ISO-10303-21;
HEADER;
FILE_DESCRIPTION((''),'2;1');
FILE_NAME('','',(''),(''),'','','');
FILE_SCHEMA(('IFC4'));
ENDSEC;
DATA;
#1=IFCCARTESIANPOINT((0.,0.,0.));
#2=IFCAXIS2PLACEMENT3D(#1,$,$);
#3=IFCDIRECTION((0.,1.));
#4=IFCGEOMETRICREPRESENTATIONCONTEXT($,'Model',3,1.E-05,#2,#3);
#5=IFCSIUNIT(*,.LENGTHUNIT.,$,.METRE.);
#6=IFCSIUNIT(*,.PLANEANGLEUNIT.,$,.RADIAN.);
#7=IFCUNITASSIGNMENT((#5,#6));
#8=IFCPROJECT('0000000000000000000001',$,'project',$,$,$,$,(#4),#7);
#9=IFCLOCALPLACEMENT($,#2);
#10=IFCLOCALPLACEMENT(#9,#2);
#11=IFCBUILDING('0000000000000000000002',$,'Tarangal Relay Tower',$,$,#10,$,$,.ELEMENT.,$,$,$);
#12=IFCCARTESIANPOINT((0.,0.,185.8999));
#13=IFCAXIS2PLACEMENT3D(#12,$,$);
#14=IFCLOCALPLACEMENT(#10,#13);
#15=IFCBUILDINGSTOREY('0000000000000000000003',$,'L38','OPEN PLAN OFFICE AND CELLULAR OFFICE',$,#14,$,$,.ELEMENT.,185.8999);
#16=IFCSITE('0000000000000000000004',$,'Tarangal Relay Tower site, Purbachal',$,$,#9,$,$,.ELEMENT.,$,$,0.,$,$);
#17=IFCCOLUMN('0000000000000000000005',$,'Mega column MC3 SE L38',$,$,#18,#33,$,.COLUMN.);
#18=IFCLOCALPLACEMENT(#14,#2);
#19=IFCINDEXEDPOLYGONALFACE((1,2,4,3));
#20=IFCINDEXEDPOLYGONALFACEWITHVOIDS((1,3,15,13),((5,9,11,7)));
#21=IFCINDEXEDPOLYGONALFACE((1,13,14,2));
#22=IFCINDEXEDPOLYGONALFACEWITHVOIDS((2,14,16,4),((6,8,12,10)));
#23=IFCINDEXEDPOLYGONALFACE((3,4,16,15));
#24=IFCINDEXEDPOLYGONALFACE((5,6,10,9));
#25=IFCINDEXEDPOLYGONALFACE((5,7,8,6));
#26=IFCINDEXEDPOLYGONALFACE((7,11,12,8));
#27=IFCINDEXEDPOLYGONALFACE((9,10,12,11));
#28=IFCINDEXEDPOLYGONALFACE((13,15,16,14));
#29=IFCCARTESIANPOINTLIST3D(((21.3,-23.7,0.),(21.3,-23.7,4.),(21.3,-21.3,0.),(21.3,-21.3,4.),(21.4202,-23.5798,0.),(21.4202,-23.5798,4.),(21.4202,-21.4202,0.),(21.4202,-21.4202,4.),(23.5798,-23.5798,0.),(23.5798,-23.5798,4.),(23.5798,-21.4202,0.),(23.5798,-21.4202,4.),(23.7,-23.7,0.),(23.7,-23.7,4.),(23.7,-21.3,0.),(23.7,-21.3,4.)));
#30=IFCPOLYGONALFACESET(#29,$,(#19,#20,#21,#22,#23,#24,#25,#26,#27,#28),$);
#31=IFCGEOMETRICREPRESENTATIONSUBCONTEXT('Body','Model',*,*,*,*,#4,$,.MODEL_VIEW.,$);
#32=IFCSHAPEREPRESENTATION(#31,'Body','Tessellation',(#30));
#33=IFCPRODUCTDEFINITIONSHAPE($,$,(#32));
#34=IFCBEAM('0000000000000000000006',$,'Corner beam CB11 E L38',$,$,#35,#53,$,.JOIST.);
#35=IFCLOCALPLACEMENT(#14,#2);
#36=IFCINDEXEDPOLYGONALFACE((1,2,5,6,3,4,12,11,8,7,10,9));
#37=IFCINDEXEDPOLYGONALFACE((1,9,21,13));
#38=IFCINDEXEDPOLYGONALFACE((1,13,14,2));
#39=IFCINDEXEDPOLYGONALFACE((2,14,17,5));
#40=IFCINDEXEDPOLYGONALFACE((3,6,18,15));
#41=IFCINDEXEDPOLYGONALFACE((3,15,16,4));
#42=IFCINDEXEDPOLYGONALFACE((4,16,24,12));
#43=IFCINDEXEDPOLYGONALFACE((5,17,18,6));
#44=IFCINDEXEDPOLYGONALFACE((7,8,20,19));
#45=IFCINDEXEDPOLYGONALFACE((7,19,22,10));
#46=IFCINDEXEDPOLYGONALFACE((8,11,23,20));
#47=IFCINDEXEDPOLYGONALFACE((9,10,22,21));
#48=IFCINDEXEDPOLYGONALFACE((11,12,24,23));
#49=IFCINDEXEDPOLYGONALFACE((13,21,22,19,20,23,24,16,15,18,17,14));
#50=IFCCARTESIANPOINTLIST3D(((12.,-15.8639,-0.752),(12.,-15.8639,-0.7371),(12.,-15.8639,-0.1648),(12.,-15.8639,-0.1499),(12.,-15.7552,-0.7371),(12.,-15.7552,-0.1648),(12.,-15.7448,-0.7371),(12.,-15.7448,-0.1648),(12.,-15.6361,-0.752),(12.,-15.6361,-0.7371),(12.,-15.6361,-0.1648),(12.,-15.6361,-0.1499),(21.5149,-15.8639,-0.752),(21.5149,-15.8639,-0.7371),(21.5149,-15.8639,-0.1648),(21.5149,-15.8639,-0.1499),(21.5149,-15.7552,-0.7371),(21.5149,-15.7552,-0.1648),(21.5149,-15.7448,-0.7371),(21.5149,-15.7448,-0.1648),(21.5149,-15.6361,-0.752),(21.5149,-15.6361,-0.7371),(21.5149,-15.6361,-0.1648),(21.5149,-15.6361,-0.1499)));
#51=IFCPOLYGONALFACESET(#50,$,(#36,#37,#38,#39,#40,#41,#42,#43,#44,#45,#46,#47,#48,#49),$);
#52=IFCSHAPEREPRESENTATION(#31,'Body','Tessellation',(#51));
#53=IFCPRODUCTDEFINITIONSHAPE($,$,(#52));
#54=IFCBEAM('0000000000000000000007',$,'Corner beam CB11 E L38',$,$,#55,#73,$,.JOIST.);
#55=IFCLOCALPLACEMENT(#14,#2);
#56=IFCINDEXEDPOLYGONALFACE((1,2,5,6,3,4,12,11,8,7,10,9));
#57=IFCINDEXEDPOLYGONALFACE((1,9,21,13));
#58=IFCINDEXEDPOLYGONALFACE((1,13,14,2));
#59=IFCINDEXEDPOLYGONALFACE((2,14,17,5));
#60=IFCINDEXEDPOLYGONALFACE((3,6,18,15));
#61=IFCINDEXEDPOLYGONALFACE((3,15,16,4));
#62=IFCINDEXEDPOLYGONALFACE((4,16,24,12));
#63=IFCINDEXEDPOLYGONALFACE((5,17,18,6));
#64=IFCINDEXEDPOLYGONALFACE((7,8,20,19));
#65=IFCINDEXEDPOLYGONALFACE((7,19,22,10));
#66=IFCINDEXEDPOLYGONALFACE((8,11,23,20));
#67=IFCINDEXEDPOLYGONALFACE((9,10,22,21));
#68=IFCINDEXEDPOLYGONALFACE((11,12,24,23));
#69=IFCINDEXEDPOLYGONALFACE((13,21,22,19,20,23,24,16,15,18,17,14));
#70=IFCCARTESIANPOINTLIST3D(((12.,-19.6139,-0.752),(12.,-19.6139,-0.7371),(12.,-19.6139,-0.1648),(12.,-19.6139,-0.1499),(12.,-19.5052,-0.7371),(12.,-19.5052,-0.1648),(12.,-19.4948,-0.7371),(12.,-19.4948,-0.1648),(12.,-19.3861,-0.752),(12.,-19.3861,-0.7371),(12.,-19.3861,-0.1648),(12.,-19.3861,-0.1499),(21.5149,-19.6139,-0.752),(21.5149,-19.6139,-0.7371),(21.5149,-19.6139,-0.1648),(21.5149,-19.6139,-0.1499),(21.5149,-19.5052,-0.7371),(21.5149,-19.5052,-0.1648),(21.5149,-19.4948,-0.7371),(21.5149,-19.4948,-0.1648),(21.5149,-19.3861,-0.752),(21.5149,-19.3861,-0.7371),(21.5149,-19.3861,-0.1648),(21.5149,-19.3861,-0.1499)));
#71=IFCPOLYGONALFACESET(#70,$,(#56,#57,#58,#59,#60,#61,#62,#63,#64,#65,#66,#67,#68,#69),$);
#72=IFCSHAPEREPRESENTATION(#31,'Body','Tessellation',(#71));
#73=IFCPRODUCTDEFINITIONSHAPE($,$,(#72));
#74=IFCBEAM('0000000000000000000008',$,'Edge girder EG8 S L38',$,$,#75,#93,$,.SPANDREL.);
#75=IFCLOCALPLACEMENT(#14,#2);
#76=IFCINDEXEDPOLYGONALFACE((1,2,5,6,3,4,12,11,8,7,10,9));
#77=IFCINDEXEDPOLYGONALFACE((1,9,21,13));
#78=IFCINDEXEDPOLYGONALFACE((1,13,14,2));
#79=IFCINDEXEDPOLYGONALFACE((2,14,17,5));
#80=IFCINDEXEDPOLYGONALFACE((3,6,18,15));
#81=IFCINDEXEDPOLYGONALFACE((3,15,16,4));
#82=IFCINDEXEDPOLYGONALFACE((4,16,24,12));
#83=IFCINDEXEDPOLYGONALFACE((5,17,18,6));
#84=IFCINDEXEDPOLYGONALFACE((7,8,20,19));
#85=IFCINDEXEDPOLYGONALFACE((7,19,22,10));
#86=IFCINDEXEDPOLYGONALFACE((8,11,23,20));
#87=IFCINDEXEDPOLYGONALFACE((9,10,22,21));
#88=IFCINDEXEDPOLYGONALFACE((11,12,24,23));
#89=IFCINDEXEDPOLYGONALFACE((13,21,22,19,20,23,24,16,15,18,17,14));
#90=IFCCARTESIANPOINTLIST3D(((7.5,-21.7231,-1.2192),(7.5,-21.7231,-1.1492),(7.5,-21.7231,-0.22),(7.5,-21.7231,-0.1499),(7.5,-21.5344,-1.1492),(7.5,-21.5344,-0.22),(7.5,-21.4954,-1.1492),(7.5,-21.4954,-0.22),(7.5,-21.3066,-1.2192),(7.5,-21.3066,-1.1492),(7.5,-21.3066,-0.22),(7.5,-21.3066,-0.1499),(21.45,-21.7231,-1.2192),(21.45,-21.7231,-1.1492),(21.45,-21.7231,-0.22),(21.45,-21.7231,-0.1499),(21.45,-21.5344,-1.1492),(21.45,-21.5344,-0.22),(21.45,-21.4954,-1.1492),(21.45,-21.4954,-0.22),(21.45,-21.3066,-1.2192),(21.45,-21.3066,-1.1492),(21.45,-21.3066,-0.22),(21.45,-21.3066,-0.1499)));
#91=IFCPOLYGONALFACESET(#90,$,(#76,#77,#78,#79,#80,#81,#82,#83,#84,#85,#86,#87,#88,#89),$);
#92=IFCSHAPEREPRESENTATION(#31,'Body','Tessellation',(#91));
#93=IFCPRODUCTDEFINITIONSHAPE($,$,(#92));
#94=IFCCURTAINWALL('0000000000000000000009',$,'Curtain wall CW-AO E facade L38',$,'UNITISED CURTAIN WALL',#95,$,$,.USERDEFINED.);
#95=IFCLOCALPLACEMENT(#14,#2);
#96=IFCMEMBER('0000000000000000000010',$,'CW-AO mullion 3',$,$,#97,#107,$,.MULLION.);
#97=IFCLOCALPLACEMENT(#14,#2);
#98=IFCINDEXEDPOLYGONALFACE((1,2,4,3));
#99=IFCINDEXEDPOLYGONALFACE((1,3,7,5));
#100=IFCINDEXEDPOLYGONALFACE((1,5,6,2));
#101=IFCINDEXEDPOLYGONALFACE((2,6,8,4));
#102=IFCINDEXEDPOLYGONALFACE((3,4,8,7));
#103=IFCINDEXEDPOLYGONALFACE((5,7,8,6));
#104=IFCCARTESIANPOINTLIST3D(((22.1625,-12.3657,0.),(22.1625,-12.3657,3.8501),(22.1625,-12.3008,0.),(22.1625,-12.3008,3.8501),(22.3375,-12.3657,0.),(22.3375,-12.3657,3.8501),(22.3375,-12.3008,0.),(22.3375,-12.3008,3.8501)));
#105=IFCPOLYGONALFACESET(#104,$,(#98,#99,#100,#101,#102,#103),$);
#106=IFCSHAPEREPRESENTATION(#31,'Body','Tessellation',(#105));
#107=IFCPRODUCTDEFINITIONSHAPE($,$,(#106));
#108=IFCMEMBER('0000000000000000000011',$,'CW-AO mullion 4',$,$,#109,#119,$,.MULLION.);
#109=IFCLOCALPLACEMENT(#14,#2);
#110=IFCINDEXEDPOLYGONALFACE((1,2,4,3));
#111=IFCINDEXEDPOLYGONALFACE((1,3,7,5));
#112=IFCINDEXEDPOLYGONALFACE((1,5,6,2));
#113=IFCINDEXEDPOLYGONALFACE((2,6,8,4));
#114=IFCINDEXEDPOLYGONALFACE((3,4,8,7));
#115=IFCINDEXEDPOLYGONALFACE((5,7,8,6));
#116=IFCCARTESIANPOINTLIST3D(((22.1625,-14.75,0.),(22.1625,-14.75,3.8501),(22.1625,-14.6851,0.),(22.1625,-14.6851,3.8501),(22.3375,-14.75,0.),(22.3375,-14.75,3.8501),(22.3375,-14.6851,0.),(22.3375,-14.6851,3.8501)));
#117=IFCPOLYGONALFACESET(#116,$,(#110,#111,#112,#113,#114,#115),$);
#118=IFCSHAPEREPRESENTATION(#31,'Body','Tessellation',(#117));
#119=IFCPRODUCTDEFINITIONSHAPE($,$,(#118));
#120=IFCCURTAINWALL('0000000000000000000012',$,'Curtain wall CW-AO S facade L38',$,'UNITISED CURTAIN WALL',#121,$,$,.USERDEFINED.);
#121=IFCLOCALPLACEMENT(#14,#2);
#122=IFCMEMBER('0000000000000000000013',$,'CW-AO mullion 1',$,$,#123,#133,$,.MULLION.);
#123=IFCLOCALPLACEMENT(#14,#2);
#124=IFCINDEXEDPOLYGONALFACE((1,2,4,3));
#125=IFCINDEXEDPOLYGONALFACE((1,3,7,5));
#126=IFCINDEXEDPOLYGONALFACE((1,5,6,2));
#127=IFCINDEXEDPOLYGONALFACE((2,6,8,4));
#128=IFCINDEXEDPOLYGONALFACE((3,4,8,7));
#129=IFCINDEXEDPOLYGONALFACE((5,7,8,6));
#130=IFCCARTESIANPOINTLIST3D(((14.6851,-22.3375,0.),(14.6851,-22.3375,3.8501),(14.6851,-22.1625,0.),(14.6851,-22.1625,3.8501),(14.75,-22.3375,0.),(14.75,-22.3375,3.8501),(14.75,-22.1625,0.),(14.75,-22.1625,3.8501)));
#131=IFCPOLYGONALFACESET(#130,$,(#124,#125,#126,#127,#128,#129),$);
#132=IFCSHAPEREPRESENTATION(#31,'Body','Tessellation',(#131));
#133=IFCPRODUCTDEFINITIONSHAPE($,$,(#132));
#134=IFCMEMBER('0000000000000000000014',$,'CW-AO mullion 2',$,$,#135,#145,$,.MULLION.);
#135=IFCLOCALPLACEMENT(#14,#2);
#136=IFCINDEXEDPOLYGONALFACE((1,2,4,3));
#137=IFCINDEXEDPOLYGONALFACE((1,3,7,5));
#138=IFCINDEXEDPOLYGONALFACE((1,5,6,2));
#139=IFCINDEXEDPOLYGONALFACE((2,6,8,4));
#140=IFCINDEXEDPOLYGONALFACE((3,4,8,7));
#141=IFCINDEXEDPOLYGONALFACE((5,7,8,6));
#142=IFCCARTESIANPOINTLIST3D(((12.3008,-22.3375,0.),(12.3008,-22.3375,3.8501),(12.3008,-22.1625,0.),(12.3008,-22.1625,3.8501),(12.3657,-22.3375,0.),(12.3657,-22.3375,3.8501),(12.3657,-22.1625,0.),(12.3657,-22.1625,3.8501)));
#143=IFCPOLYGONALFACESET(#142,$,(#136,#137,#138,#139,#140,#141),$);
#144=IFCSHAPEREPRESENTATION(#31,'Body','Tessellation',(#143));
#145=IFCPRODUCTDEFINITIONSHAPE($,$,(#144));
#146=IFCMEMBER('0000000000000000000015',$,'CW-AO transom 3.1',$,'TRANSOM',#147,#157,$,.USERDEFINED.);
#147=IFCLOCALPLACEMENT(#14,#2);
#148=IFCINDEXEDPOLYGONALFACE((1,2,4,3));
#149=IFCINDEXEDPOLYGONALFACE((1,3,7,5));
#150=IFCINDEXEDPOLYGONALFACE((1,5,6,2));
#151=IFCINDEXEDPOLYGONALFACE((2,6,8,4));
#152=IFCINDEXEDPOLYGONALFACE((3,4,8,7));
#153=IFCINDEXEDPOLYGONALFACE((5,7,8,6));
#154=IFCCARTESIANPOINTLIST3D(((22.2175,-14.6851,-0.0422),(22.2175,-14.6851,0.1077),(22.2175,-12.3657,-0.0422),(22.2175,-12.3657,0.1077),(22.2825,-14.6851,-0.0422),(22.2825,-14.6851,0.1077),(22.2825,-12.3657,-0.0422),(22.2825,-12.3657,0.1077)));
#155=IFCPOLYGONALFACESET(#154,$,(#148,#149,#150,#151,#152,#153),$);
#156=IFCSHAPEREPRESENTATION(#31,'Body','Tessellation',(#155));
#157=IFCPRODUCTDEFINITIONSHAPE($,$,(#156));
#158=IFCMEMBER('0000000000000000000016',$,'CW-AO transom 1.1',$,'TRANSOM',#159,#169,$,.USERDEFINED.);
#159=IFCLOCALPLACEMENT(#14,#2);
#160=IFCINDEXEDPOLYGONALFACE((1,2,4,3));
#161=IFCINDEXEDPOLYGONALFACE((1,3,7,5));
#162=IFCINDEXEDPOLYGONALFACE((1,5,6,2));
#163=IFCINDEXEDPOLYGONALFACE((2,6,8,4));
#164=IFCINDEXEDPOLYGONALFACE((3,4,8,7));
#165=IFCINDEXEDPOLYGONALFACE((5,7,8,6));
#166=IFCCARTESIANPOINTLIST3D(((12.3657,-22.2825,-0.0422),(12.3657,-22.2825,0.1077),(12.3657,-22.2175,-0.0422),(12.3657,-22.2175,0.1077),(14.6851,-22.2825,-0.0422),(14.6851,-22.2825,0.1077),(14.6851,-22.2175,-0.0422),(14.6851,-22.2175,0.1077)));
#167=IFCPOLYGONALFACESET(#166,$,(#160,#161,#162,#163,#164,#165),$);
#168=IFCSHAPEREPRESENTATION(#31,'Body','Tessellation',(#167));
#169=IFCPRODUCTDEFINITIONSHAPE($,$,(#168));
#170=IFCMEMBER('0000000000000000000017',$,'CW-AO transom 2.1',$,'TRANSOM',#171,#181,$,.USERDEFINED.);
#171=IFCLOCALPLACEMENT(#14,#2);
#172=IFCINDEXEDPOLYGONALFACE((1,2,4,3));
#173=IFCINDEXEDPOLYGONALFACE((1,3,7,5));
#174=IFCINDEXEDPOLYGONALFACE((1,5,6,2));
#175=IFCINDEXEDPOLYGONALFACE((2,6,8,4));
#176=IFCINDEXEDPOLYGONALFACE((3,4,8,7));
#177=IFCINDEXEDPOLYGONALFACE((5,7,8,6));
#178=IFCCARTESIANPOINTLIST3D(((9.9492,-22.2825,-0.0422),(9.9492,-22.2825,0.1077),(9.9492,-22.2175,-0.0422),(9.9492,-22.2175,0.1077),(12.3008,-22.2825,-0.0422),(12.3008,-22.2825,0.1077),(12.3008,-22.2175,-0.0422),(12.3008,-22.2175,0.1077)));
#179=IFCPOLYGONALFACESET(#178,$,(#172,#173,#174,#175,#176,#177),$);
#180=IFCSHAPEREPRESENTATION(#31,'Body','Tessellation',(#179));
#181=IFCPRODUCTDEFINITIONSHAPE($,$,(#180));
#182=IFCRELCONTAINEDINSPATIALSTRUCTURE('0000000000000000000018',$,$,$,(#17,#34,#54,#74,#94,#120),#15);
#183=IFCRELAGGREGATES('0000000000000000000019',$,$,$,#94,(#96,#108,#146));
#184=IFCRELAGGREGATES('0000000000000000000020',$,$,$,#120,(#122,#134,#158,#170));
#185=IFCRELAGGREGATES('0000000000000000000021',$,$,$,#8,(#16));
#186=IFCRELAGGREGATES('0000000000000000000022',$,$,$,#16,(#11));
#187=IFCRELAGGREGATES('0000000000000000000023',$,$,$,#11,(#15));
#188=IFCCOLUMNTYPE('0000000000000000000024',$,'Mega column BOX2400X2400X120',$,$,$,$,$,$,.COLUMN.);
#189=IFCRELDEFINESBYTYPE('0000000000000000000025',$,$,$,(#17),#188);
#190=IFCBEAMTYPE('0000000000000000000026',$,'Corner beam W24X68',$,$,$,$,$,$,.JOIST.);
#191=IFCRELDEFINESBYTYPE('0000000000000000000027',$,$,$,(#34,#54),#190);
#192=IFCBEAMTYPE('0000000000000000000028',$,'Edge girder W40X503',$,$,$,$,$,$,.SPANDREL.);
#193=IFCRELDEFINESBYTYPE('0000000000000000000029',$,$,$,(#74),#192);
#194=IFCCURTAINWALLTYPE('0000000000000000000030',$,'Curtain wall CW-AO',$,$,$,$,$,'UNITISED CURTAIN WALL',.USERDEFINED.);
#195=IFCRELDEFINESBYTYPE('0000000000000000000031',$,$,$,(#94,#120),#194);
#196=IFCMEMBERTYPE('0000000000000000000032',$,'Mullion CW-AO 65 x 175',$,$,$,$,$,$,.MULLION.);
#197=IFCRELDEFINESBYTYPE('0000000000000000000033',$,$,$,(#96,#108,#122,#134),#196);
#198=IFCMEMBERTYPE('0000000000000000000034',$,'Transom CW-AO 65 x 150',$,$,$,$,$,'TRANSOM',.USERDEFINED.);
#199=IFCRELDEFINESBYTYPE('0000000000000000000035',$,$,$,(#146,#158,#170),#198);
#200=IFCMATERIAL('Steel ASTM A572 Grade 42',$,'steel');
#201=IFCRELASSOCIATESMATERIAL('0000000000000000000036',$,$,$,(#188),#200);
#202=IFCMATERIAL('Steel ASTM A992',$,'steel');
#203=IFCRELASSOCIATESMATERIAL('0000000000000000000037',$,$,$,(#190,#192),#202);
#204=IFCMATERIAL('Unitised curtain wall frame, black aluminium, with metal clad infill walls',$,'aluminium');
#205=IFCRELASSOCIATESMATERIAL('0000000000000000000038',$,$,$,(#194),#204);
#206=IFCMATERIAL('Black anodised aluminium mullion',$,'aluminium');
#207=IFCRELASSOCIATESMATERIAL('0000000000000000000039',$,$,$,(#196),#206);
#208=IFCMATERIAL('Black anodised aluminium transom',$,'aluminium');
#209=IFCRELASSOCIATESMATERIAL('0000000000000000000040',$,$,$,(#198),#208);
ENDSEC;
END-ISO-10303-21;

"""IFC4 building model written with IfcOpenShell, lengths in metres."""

from ifc_helpers import new_model, si_unit, direction, frame, origin, origin_2d, place, context, subcontext, project, spatial, rectangle, hollow_rectangle, i_section, extrude, material, material_profile, profile_set, type_object, element, aggregate, save


model = new_model("IFC4")

# Units and contexts
model_context = context("Model", 3, precision=1e-05, world=origin(), true_north=direction((0.0, 1.0)))
body_context = subcontext(model_context, "Body", "Model", "MODEL_VIEW")
ifc_project = project(units=[si_unit("LENGTHUNIT", "METRE"), si_unit("PLANEANGLEUNIT", "RADIAN")], contexts=[model_context])

# Site, building, storey
site_placement = place(None, origin())
site = spatial("IfcSite", under=ifc_project, at=site_placement, Name="Tarangal Relay Tower site, Purbachal", CompositionType="ELEMENT", RefElevation=0.0)
building_placement = place(site_placement, origin())
building = spatial("IfcBuilding", under=site, at=building_placement, Name="Tarangal Relay Tower", CompositionType="ELEMENT")
storey_placement = place(building_placement, frame((0.0, 0.0, 185.8999)))
storey = spatial("IfcBuildingStorey", under=building, at=storey_placement, Name="L38", Description="OPEN PLAN OFFICE AND CELLULAR OFFICE", CompositionType="ELEMENT", Elevation=185.8999)

# Column
ifc_material_1 = material(Name="Steel ASTM A572 Grade 42", Category="steel")
ifc_material_profile_1 = material_profile(ifc_material_1, hollow_rectangle(XDim=2.3999, YDim=2.3999, WallThickness=0.1201, at=origin_2d()), Name="BOX2400X2400X120")
ifc_profile_set_1 = profile_set([ifc_material_profile_1], Name="Steel ASTM A572 Grade 42")
column_type = type_object("IfcColumnType", Name="Mega column BOX2400X2400X120", PredefinedType="COLUMN", material=ifc_profile_set_1)
column_placement = place(storey_placement, frame((22.5, -22.5, 0.0), z_axis=(0.0, 0.0, 1.0), x_axis=(1.0, 0.0, 0.0)))
element("IfcColumn", 1, at=column_placement, inside=storey, type_object=column_type, Name="Mega column MC3 SE L38", PredefinedType="COLUMN", context=body_context, shape_type="SweptSolid", body=[
    extrude(hollow_rectangle(XDim=2.3999, YDim=2.3999, WallThickness=0.1201, at=origin_2d()), origin(), (0.0, 0.0, 1.0), 4.0),
])

# Beams
ifc_material_2 = material(Name="Steel ASTM A992", Category="steel")
ifc_material_profile_2 = material_profile(ifc_material_2, i_section(OverallWidth=0.2278, OverallDepth=0.6021, WebThickness=0.0105, FlangeThickness=0.0149, at=origin_2d()), Name="W24X68")
ifc_profile_set_2 = profile_set([ifc_material_profile_2], Name="Steel ASTM A992")
beam_type_1 = type_object("IfcBeamType", Name="Corner beam W24X68", PredefinedType="JOIST", material=ifc_profile_set_2)
for number, where, z_axis, x_axis, name in (
    (2, (12.0, -15.75, -0.4509), (1.0, 0.0, 0.0), (0.0, 1.0, 0.0), "Corner beam CB11 E L38"),
    (3, (12.0, -19.5, -0.4509), (1.0, 0.0, 0.0), (0.0, 1.0, 0.0), "Corner beam CB11 E L38"),
):
    element("IfcBeam", number, at=place(storey_placement, frame(where, z_axis=z_axis, x_axis=x_axis)), inside=storey, type_object=beam_type_1, Name=name, PredefinedType="JOIST", context=body_context, shape_type="SweptSolid", body=[
        extrude(i_section(OverallWidth=0.2278, OverallDepth=0.6021, WebThickness=0.0105, FlangeThickness=0.0149, at=origin_2d()), origin(), (0.0, 0.0, 1.0), 9.5149),
    ])
ifc_material_profile_3 = material_profile(ifc_material_2, i_section(OverallWidth=0.4165, OverallDepth=1.0693, WebThickness=0.0391, FlangeThickness=0.0701, at=origin_2d()), Name="W40X503")
ifc_profile_set_3 = profile_set([ifc_material_profile_3], Name="Steel ASTM A992")
beam_type_2 = type_object("IfcBeamType", Name="Edge girder W40X503", PredefinedType="SPANDREL", material=ifc_profile_set_3)
beam_placement = place(storey_placement, frame((21.45, -21.5149, -0.6846), z_axis=(-1.0, 0.0, 0.0), x_axis=(0.0, -1.0, 0.0)))
element("IfcBeam", 4, at=beam_placement, inside=storey, type_object=beam_type_2, Name="Edge girder EG8 S L38", PredefinedType="SPANDREL", context=body_context, shape_type="SweptSolid", body=[
    extrude(i_section(OverallWidth=0.4165, OverallDepth=1.0693, WebThickness=0.0391, FlangeThickness=0.0701, at=origin_2d()), origin(), (0.0, 0.0, 1.0), 13.95),
])

# Curtain walls, members
ifc_material_3 = material(Name="Unitised curtain wall frame, black aluminium, with metal clad infill walls", Category="aluminium")
curtain_wall_type = type_object("IfcCurtainWallType", Name="Curtain wall CW-AO", ElementType="UNITISED CURTAIN WALL", PredefinedType="USERDEFINED", material=ifc_material_3)
curtain_wall_1_placement = place(storey_placement, origin())
curtain_wall_1 = element("IfcCurtainWall", 5, at=curtain_wall_1_placement, inside=storey, type_object=curtain_wall_type, Name="Curtain wall CW-AO E facade L38", ObjectType="UNITISED CURTAIN WALL", PredefinedType="USERDEFINED")
ifc_material_4 = material(Name="Black anodised aluminium mullion", Category="aluminium")
ifc_material_profile_4 = material_profile(ifc_material_4, rectangle(XDim=0.175, YDim=0.0649, at=origin_2d()), Name="CW-AOM 65X175")
ifc_profile_set_4 = profile_set([ifc_material_profile_4], Name="Black anodised aluminium mullion")
member_type_1 = type_object("IfcMemberType", Name="Mullion CW-AO 65 x 175", PredefinedType="MULLION", material=ifc_profile_set_4)
member_1_placement = place(storey_placement, frame((22.25, -12.3333, 0.0), z_axis=(0.0, 0.0, 1.0), x_axis=(1.0, 0.0, 0.0)))
member_1 = element("IfcMember", 6, at=member_1_placement, type_object=member_type_1, Name="CW-AO mullion 3", PredefinedType="MULLION", context=body_context, shape_type="SweptSolid", body=[
    extrude(rectangle(XDim=0.175, YDim=0.0649, at=origin_2d()), origin(), (0.0, 0.0, 1.0), 3.8501),
])
member_2_placement = place(storey_placement, frame((22.25, -14.7175, 0.0), z_axis=(0.0, 0.0, 1.0), x_axis=(1.0, 0.0, 0.0)))
member_2 = element("IfcMember", 7, at=member_2_placement, type_object=member_type_1, Name="CW-AO mullion 4", PredefinedType="MULLION", context=body_context, shape_type="SweptSolid", body=[
    extrude(rectangle(XDim=0.175, YDim=0.0649, at=origin_2d()), origin(), (0.0, 0.0, 1.0), 3.8501),
])
curtain_wall_2_placement = place(storey_placement, origin())
curtain_wall_2 = element("IfcCurtainWall", 8, at=curtain_wall_2_placement, inside=storey, type_object=curtain_wall_type, Name="Curtain wall CW-AO S facade L38", ObjectType="UNITISED CURTAIN WALL", PredefinedType="USERDEFINED")
member_3_placement = place(storey_placement, frame((14.7175, -22.25, 0.0), z_axis=(0.0, 0.0, 1.0), x_axis=(0.0, -1.0, 0.0)))
member_3 = element("IfcMember", 9, at=member_3_placement, type_object=member_type_1, Name="CW-AO mullion 1", PredefinedType="MULLION", context=body_context, shape_type="SweptSolid", body=[
    extrude(rectangle(XDim=0.175, YDim=0.0649, at=origin_2d()), origin(), (0.0, 0.0, 1.0), 3.8501),
])
member_4_placement = place(storey_placement, frame((12.3333, -22.25, 0.0), z_axis=(0.0, 0.0, 1.0), x_axis=(0.0, -1.0, 0.0)))
member_4 = element("IfcMember", 10, at=member_4_placement, type_object=member_type_1, Name="CW-AO mullion 2", PredefinedType="MULLION", context=body_context, shape_type="SweptSolid", body=[
    extrude(rectangle(XDim=0.175, YDim=0.0649, at=origin_2d()), origin(), (0.0, 0.0, 1.0), 3.8501),
])

# Members
ifc_material_5 = material(Name="Black anodised aluminium transom", Category="aluminium")
ifc_material_profile_5 = material_profile(ifc_material_5, rectangle(XDim=0.0649, YDim=0.1499, at=origin_2d()), Name="CW-AOT 65X150")
ifc_profile_set_5 = profile_set([ifc_material_profile_5], Name="Black anodised aluminium transom")
member_type_2 = type_object("IfcMemberType", Name="Transom CW-AO 65 x 150", ElementType="TRANSOM", PredefinedType="USERDEFINED", material=ifc_profile_set_5)
member_5_placement = place(storey_placement, frame((22.25, -12.3657, 0.0327), z_axis=(0.0, -1.0, 0.0), x_axis=(1.0, 0.0, 0.0)))
member_5 = element("IfcMember", 11, at=member_5_placement, type_object=member_type_2, Name="CW-AO transom 3.1", ObjectType="TRANSOM", PredefinedType="USERDEFINED", context=body_context, shape_type="SweptSolid", body=[
    extrude(rectangle(XDim=0.0649, YDim=0.1499, at=origin_2d()), origin(), (0.0, 0.0, 1.0), 2.3193),
])
aggregate(curtain_wall_1, [member_1, member_2, member_5])
member_6_placement = place(storey_placement, frame((14.6851, -22.25, 0.0327), z_axis=(-1.0, 0.0, 0.0), x_axis=(0.0, -1.0, 0.0)))
member_6 = element("IfcMember", 12, at=member_6_placement, type_object=member_type_2, Name="CW-AO transom 1.1", ObjectType="TRANSOM", PredefinedType="USERDEFINED", context=body_context, shape_type="SweptSolid", body=[
    extrude(rectangle(XDim=0.0649, YDim=0.1499, at=origin_2d()), origin(), (0.0, 0.0, 1.0), 2.3193),
])
member_7_placement = place(storey_placement, frame((12.3008, -22.25, 0.0327), z_axis=(-1.0, 0.0, 0.0), x_axis=(0.0, -1.0, 0.0)))
member_7 = element("IfcMember", 13, at=member_7_placement, type_object=member_type_2, Name="CW-AO transom 2.1", ObjectType="TRANSOM", PredefinedType="USERDEFINED", context=body_context, shape_type="SweptSolid", body=[
    extrude(rectangle(XDim=0.0649, YDim=0.1499, at=origin_2d()), origin(), (0.0, 0.0, 1.0), 2.3516),
])
aggregate(curtain_wall_2, [member_3, member_4, member_6, member_7])

save(model, "model.ifc")
